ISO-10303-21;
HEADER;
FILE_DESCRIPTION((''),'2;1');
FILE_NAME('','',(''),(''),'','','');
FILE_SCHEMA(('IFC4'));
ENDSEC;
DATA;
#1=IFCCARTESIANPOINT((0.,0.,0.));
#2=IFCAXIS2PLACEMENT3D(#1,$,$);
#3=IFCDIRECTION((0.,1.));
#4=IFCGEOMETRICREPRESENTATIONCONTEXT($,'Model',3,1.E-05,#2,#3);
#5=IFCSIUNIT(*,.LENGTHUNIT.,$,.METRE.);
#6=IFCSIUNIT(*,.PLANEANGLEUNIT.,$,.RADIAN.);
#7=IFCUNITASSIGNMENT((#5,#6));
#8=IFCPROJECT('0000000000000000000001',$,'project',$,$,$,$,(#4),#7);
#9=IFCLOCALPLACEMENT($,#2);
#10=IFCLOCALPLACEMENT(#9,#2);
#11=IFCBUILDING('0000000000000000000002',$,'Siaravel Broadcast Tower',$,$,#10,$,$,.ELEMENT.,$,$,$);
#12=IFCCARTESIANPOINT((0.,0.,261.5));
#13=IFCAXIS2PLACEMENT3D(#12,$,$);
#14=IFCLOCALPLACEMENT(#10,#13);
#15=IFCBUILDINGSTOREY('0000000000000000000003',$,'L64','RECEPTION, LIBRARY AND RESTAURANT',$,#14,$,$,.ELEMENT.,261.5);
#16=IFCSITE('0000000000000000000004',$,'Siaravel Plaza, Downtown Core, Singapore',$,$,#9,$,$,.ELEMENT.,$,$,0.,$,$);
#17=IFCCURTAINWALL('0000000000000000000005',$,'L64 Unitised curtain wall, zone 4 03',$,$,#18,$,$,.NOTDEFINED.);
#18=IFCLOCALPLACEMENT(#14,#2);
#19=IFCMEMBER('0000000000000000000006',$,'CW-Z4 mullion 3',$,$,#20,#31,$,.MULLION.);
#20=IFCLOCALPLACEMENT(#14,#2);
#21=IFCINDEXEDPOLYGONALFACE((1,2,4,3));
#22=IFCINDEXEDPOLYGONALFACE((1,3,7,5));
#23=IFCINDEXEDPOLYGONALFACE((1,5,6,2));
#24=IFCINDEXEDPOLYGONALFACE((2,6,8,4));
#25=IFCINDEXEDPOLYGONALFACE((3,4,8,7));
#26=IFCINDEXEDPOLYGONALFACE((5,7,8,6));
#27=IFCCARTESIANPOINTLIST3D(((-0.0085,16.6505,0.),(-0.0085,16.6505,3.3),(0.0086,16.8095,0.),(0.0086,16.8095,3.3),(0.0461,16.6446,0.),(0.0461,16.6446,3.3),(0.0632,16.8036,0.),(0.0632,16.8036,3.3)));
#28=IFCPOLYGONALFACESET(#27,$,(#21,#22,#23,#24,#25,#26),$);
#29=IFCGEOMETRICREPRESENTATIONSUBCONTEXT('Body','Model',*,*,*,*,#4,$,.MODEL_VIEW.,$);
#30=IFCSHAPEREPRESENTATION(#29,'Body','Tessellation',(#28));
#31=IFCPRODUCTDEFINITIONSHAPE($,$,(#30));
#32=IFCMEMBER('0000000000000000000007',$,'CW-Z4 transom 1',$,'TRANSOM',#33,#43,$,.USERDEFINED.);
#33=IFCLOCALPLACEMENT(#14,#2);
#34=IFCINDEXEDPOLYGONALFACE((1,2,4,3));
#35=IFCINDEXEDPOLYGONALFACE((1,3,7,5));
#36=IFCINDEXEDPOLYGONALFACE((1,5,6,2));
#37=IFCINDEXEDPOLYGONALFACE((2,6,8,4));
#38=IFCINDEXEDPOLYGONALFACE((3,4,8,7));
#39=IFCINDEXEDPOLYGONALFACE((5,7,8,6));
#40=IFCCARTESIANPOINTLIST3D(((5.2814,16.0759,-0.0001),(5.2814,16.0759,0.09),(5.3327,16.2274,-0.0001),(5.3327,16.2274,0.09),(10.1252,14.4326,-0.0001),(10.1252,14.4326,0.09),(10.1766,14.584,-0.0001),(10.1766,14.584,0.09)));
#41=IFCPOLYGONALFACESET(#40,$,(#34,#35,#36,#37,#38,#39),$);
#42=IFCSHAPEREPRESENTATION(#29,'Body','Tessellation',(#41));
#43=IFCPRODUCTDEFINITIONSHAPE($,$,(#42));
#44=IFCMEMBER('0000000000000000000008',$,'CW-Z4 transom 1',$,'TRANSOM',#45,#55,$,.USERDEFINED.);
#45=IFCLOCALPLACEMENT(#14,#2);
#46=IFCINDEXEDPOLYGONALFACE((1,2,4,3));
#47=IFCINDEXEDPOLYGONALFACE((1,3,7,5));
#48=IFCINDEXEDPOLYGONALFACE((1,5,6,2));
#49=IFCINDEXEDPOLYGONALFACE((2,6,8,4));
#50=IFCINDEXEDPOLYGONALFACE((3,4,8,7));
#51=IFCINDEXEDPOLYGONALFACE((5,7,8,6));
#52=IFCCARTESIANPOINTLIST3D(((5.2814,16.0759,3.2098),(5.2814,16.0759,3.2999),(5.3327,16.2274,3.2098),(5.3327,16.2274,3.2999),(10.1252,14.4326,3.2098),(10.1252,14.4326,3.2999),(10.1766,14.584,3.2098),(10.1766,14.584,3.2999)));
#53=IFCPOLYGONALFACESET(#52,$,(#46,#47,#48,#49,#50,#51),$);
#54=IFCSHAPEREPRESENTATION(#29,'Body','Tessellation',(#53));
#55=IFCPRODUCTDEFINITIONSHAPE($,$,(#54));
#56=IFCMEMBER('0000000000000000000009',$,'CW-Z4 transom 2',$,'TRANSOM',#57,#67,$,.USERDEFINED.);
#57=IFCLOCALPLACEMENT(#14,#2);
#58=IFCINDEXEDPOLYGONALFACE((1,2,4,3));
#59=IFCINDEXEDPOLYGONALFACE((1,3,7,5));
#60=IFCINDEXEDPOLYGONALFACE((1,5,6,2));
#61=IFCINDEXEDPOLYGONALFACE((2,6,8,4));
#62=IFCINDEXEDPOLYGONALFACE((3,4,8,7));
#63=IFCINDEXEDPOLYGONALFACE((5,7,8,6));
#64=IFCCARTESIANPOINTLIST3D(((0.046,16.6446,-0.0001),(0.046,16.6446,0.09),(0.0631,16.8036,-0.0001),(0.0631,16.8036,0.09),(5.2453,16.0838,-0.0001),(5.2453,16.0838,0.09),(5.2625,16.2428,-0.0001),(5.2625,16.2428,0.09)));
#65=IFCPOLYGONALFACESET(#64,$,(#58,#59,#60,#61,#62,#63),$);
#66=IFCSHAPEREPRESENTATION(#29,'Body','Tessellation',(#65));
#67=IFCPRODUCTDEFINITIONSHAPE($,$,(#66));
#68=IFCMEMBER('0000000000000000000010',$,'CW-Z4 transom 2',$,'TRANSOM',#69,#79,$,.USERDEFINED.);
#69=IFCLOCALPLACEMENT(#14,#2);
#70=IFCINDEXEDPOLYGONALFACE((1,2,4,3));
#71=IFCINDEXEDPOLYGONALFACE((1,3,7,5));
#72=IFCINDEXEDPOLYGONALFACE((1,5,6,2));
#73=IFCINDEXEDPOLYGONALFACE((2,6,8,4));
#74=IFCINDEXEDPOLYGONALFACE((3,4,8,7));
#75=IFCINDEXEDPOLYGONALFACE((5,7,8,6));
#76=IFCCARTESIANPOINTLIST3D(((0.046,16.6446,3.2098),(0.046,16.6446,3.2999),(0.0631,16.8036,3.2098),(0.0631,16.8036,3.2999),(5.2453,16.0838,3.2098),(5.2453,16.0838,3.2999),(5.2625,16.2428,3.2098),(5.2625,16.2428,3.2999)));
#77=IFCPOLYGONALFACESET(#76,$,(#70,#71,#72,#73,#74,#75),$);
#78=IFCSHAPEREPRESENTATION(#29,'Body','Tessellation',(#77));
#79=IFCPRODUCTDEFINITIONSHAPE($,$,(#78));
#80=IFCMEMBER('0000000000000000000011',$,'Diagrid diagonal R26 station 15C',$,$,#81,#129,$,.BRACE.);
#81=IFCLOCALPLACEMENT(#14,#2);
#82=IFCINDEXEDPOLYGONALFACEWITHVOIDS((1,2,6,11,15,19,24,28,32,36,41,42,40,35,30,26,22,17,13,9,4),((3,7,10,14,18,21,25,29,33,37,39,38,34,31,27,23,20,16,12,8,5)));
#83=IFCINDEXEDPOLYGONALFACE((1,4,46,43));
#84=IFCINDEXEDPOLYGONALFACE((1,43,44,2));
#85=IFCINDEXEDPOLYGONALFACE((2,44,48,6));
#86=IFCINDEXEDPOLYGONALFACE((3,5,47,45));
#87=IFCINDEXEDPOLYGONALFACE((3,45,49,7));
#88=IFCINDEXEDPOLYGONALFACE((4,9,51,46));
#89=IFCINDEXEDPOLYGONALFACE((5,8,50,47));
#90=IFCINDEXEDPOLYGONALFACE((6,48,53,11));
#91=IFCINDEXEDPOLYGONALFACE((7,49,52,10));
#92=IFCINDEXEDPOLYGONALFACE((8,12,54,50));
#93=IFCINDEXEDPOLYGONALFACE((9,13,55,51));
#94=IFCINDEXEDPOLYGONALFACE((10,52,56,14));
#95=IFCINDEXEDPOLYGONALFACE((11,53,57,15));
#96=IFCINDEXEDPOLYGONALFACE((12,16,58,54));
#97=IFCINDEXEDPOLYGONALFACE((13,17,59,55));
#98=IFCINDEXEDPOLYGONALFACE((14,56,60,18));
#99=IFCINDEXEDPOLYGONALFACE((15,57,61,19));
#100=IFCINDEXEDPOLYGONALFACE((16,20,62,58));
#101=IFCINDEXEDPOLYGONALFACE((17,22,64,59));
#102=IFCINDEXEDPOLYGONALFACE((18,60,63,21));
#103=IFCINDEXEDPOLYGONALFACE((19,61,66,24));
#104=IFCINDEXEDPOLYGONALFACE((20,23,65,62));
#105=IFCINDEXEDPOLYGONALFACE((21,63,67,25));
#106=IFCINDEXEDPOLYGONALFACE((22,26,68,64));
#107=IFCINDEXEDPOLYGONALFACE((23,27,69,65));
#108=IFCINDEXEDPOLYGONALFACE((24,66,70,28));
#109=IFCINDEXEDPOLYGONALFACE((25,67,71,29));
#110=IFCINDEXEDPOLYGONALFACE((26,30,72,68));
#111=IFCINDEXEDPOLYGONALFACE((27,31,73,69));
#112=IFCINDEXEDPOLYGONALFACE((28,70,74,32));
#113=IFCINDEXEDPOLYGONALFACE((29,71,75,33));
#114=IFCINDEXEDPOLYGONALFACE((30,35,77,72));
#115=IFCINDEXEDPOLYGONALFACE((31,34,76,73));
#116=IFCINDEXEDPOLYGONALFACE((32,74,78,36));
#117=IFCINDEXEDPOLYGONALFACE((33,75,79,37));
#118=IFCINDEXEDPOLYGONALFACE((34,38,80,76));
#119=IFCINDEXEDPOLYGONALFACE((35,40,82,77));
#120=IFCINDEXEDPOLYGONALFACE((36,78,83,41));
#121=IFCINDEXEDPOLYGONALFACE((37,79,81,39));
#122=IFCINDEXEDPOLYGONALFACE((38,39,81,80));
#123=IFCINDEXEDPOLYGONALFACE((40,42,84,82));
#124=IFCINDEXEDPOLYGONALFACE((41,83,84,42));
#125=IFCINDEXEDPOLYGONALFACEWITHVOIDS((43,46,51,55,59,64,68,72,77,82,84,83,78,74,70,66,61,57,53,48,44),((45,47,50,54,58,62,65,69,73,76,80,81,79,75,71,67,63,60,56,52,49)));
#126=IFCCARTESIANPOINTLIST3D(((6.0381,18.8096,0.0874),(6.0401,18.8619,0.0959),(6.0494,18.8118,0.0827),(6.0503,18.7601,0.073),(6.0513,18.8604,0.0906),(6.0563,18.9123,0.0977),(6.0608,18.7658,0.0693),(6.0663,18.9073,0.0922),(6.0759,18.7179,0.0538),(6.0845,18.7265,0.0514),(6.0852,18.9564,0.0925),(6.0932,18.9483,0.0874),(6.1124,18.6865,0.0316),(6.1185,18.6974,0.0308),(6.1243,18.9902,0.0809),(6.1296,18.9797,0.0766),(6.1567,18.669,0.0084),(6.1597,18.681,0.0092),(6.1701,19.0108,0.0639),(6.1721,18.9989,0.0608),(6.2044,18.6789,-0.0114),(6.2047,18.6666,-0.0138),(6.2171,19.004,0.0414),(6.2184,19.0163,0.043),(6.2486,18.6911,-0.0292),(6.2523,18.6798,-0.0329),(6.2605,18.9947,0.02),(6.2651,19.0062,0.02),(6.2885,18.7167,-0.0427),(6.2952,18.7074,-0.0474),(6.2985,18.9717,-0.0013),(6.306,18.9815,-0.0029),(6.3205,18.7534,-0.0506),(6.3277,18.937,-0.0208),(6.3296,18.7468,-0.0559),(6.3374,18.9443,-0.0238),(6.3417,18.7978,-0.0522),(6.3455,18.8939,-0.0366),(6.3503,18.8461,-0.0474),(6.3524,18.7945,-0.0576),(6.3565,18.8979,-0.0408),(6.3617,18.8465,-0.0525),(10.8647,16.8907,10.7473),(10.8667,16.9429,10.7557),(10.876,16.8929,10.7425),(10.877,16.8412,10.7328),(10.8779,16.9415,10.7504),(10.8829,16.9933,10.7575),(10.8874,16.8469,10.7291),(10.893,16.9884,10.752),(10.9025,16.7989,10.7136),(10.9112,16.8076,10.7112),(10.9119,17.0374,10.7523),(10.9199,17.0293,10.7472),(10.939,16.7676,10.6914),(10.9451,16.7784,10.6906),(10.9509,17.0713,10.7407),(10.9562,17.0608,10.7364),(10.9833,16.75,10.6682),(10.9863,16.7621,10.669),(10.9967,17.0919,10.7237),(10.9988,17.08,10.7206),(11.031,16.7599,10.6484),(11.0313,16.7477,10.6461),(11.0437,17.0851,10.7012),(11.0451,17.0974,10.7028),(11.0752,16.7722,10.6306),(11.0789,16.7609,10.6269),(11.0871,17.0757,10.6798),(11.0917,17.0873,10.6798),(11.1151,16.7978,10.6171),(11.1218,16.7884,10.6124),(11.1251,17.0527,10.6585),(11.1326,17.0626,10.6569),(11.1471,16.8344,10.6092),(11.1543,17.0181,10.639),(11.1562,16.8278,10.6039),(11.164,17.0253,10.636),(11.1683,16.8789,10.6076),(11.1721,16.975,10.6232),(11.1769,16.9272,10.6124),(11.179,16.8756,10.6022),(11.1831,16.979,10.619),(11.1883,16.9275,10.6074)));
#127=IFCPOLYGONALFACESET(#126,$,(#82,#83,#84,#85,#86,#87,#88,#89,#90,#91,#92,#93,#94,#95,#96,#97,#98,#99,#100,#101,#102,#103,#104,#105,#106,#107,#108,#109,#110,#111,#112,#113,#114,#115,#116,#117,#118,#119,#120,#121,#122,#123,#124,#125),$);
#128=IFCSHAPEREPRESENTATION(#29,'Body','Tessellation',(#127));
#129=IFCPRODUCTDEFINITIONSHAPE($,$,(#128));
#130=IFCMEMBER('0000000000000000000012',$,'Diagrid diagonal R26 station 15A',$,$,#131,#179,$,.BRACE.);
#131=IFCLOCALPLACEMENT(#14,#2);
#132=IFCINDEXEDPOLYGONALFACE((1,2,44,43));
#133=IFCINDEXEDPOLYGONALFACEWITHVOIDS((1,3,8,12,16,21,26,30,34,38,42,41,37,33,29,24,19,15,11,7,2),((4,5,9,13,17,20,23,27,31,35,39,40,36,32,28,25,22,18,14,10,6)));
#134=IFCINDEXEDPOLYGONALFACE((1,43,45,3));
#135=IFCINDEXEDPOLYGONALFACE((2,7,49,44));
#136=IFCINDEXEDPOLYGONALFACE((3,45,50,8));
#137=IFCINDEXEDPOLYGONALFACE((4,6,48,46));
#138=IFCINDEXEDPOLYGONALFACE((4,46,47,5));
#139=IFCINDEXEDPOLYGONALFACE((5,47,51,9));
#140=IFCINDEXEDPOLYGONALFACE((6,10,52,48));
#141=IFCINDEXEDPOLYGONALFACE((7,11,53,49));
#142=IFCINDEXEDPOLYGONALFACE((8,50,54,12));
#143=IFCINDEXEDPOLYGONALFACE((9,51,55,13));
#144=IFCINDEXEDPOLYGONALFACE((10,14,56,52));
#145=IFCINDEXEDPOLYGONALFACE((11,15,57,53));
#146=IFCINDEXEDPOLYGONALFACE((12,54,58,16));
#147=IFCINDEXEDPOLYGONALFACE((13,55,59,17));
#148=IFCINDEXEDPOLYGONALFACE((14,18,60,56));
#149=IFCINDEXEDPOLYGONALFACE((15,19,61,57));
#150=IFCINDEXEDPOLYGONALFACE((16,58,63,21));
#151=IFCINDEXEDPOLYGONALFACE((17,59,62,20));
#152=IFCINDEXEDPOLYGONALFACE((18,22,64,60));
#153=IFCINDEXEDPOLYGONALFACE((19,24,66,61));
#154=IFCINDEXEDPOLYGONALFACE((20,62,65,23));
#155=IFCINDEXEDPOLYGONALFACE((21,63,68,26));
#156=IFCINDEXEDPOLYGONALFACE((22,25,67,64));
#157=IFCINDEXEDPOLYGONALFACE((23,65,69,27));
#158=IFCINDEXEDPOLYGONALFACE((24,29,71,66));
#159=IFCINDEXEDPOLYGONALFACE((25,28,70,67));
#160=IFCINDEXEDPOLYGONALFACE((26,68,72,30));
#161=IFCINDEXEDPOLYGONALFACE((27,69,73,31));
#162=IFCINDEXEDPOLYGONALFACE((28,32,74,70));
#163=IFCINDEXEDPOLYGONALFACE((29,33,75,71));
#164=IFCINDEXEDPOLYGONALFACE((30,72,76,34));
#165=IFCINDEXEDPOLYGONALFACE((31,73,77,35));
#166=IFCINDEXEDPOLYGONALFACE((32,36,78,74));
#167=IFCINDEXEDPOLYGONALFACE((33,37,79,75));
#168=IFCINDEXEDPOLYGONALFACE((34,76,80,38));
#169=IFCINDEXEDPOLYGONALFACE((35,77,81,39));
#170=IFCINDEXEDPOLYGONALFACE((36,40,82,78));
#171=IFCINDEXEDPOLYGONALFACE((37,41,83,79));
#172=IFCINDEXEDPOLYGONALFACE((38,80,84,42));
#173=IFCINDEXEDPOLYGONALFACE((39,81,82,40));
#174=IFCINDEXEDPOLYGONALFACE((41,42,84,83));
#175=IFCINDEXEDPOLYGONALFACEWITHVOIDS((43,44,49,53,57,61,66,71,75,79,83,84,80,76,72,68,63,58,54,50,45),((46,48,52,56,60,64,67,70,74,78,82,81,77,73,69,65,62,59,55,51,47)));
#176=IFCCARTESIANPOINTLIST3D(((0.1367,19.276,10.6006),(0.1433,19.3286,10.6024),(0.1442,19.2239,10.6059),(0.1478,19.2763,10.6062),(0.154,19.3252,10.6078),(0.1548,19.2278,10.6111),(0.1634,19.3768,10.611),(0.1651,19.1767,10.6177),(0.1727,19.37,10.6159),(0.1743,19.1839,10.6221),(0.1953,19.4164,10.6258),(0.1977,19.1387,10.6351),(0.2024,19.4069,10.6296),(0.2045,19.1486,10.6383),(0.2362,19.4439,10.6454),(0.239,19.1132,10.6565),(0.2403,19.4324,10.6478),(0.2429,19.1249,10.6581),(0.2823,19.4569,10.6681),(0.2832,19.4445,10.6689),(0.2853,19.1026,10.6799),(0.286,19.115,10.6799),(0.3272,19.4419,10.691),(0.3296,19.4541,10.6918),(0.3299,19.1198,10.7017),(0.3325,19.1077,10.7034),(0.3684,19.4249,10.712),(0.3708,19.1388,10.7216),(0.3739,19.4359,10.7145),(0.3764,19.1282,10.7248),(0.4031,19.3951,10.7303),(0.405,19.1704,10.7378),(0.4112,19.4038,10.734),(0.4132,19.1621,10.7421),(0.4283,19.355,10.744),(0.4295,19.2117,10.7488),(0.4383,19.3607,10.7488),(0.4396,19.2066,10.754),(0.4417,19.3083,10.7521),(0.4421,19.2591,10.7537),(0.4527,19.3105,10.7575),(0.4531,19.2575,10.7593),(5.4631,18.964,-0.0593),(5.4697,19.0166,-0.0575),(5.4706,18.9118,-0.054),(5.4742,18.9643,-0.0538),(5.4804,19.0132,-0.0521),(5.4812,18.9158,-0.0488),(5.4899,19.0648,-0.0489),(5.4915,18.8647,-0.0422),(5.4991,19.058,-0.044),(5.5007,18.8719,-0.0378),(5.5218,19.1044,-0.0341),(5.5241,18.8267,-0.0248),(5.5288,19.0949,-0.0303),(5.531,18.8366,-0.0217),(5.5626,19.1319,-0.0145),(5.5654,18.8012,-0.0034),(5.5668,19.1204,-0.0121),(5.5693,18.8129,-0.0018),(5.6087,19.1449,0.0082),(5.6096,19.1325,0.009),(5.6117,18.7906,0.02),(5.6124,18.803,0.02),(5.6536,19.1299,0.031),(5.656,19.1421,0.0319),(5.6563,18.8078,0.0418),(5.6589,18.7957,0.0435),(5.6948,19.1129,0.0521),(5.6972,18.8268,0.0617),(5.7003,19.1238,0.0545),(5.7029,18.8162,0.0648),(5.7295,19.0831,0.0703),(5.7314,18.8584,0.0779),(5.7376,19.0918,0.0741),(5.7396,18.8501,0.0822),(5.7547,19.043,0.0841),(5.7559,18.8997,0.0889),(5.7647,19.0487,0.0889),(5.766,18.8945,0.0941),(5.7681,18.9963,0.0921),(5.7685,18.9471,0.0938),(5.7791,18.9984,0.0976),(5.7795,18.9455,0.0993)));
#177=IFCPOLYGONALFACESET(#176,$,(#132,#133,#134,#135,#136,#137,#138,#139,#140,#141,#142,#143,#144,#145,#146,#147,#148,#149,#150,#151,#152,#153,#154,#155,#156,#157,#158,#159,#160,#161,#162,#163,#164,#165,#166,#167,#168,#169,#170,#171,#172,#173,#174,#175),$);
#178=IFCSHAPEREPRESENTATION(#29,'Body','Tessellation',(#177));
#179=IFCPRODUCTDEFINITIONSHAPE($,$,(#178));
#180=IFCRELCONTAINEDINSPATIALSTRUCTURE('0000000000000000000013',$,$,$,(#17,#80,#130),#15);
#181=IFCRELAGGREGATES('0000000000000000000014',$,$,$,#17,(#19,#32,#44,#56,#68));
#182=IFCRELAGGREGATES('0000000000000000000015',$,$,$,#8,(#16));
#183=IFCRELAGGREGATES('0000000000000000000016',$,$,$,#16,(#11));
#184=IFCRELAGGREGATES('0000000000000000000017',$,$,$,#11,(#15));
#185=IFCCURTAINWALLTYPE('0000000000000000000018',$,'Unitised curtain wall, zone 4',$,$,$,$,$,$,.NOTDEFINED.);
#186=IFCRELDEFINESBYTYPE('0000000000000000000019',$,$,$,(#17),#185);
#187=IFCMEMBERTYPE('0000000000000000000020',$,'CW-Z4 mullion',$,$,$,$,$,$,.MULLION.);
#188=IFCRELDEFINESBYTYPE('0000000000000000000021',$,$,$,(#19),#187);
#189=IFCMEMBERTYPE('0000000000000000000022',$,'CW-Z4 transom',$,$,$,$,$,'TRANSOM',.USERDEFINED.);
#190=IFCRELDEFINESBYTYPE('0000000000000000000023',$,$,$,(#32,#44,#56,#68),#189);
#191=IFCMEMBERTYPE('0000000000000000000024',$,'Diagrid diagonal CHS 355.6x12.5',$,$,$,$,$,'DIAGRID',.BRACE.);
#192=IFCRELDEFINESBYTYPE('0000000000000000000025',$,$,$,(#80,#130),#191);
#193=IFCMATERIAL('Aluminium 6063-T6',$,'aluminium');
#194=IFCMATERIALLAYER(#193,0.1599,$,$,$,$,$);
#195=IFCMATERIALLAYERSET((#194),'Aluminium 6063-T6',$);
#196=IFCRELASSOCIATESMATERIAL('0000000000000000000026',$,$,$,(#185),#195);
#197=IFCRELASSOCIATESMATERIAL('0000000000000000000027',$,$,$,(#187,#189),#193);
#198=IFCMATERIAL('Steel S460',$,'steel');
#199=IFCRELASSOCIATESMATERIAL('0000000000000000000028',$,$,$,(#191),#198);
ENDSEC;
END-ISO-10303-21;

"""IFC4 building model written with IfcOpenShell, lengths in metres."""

from ifc_helpers import new_model, si_unit, direction, frame, origin, origin_2d, place, context, subcontext, project, spatial, rectangle, hollow_circle, extrude, material, layer, layer_set, material_profile, profile_set, type_object, element, aggregate, save


model = new_model("IFC4")

# Units and contexts
model_context = context("Model", 3, precision=1e-05, world=origin(), true_north=direction((0.0, 1.0)))
body_context = subcontext(model_context, "Body", "Model", "MODEL_VIEW")
ifc_project = project(units=[si_unit("LENGTHUNIT", "METRE"), si_unit("PLANEANGLEUNIT", "RADIAN")], contexts=[model_context])

# Site, building, storey
site_placement = place(None, origin())
site = spatial("IfcSite", under=ifc_project, at=site_placement, Name="Siaravel Plaza, Downtown Core, Singapore", CompositionType="ELEMENT", RefElevation=0.0)
building_placement = place(site_placement, origin())
building = spatial("IfcBuilding", under=site, at=building_placement, Name="Siaravel Broadcast Tower", CompositionType="ELEMENT")
storey_placement = place(building_placement, frame((0.0, 0.0, 261.5)))
storey = spatial("IfcBuildingStorey", under=building, at=storey_placement, Name="L64", Description="RECEPTION, LIBRARY AND RESTAURANT", CompositionType="ELEMENT", Elevation=261.5)

# Curtain wall, members
ifc_material_1 = material(Name="Aluminium 6063-T6", Category="aluminium")
ifc_layer_1 = layer(ifc_material_1, 0.1599)
ifc_layer_set_1 = layer_set([ifc_layer_1], Name="Aluminium 6063-T6")
curtain_wall_type = type_object("IfcCurtainWallType", Name="Unitised curtain wall, zone 4", PredefinedType="NOTDEFINED", material=ifc_layer_set_1)
curtain_wall_placement = place(storey_placement, origin())
curtain_wall = element("IfcCurtainWall", 1, at=curtain_wall_placement, inside=storey, type_object=curtain_wall_type, Name="L64 Unitised curtain wall, zone 4 03", PredefinedType="NOTDEFINED")
ifc_material_profile_1 = material_profile(ifc_material_1, rectangle(XDim=0.1599, YDim=0.0549, at=origin_2d()))
ifc_profile_set_1 = profile_set([ifc_material_profile_1], Name="Aluminium 6063-T6")
member_type_1 = type_object("IfcMemberType", Name="CW-Z4 mullion", PredefinedType="MULLION", material=ifc_profile_set_1)
member_1_placement = place(storey_placement, frame((0.0273, 16.7271, 0.0), z_axis=(0.0, 0.0, 1.0), x_axis=(-0.107218, -0.994236, 0.0)))
member_1 = element("IfcMember", 2, at=member_1_placement, type_object=member_type_1, Name="CW-Z4 mullion 3", PredefinedType="MULLION", context=body_context, shape_type="SweptSolid", body=[
    extrude(rectangle(XDim=0.1599, YDim=0.0549, at=origin_2d()), origin(), (0.0, 0.0, 1.0), 3.3),
])
ifc_material_profile_2 = material_profile(ifc_material_1, rectangle(XDim=0.1599, YDim=0.0901, at=origin_2d()))
ifc_profile_set_2 = profile_set([ifc_material_profile_2], Name="Aluminium 6063-T6")
member_type_2 = type_object("IfcMemberType", Name="CW-Z4 transom", ElementType="TRANSOM", PredefinedType="USERDEFINED", material=ifc_profile_set_2)
member_2_placement = place(storey_placement, frame((10.1509, 14.5083, 0.0449), z_axis=(-0.946985, 0.321278, 0.0), x_axis=(-0.321278, -0.946985, 0.0)))
member_2 = element("IfcMember", 3, at=member_2_placement, type_object=member_type_2, Name="CW-Z4 transom 1", ObjectType="TRANSOM", PredefinedType="USERDEFINED", context=body_context, shape_type="SweptSolid", body=[
    extrude(rectangle(XDim=0.1599, YDim=0.0901, at=origin_2d()), origin(), (0.0, 0.0, 1.0), 5.115),
])
member_3_placement = place(storey_placement, frame((10.1509, 14.5083, 3.2549), z_axis=(-0.946985, 0.321278, 0.0), x_axis=(-0.321278, -0.946985, 0.0)))
member_3 = element("IfcMember", 4, at=member_3_placement, type_object=member_type_2, Name="CW-Z4 transom 1", ObjectType="TRANSOM", PredefinedType="USERDEFINED", context=body_context, shape_type="SweptSolid", body=[
    extrude(rectangle(XDim=0.1599, YDim=0.0901, at=origin_2d()), origin(), (0.0, 0.0, 1.0), 5.115),
])
member_4_placement = place(storey_placement, frame((5.2539, 16.1633, 0.0449), z_axis=(-0.994233, 0.107239, 0.0), x_axis=(-0.107239, -0.994233, 0.0)))
member_4 = element("IfcMember", 5, at=member_4_placement, type_object=member_type_2, Name="CW-Z4 transom 2", ObjectType="TRANSOM", PredefinedType="USERDEFINED", context=body_context, shape_type="SweptSolid", body=[
    extrude(rectangle(XDim=0.1599, YDim=0.0901, at=origin_2d()), origin(), (0.0, 0.0, 1.0), 5.2295),
])
member_5_placement = place(storey_placement, frame((5.2539, 16.1633, 3.2549), z_axis=(-0.994233, 0.107239, 0.0), x_axis=(-0.107239, -0.994233, 0.0)))
member_5 = element("IfcMember", 6, at=member_5_placement, type_object=member_type_2, Name="CW-Z4 transom 2", ObjectType="TRANSOM", PredefinedType="USERDEFINED", context=body_context, shape_type="SweptSolid", body=[
    extrude(rectangle(XDim=0.1599, YDim=0.0901, at=origin_2d()), origin(), (0.0, 0.0, 1.0), 5.2295),
])

# Members
ifc_material_2 = material(Name="Steel S460", Category="steel")
ifc_material_profile_3 = material_profile(ifc_material_2, hollow_circle(Radius=0.1777, WallThickness=0.0125, at=origin_2d()))
ifc_profile_set_3 = profile_set([ifc_material_profile_3], Name="Steel S460")
member_type_3 = type_object("IfcMemberType", Name="Diagrid diagonal CHS 355.6x12.5", ElementType="DIAGRID", PredefinedType="BRACE", material=ifc_profile_set_3)
member_6_placement = place(storey_placement, frame((6.1995, 18.8411, 0.02), z_axis=(0.407037, -0.161827, 0.898962), x_axis=(0.369445, 0.929253, 0.0)))
element("IfcMember", 7, at=member_6_placement, inside=storey, type_object=member_type_3, Name="Diagrid diagonal R26 station 15C", PredefinedType="BRACE", context=body_context, shape_type="SweptSolid", body=[
    extrude(hollow_circle(Radius=0.1777, WallThickness=0.0125, at=origin_2d()), origin(), (0.0, 0.0, 1.0), 11.8579),
])
member_7_placement = place(storey_placement, frame((5.6221, 18.968, 0.02), z_axis=(-0.446823, 0.026174, 0.89424), x_axis=(-0.058478, -0.998289, 0.0)))
element("IfcMember", 8, at=member_7_placement, inside=storey, type_object=member_type_3, Name="Diagrid diagonal R26 station 15A", PredefinedType="BRACE", context=body_context, shape_type="SweptSolid", body=[
    extrude(hollow_circle(Radius=0.1777, WallThickness=0.0125, at=origin_2d()), origin(), (0.0, 0.0, 1.0), 11.9207),
])

aggregate(curtain_wall, [member_1, member_2, member_3, member_4, member_5])

save(model, "model.ifc")
